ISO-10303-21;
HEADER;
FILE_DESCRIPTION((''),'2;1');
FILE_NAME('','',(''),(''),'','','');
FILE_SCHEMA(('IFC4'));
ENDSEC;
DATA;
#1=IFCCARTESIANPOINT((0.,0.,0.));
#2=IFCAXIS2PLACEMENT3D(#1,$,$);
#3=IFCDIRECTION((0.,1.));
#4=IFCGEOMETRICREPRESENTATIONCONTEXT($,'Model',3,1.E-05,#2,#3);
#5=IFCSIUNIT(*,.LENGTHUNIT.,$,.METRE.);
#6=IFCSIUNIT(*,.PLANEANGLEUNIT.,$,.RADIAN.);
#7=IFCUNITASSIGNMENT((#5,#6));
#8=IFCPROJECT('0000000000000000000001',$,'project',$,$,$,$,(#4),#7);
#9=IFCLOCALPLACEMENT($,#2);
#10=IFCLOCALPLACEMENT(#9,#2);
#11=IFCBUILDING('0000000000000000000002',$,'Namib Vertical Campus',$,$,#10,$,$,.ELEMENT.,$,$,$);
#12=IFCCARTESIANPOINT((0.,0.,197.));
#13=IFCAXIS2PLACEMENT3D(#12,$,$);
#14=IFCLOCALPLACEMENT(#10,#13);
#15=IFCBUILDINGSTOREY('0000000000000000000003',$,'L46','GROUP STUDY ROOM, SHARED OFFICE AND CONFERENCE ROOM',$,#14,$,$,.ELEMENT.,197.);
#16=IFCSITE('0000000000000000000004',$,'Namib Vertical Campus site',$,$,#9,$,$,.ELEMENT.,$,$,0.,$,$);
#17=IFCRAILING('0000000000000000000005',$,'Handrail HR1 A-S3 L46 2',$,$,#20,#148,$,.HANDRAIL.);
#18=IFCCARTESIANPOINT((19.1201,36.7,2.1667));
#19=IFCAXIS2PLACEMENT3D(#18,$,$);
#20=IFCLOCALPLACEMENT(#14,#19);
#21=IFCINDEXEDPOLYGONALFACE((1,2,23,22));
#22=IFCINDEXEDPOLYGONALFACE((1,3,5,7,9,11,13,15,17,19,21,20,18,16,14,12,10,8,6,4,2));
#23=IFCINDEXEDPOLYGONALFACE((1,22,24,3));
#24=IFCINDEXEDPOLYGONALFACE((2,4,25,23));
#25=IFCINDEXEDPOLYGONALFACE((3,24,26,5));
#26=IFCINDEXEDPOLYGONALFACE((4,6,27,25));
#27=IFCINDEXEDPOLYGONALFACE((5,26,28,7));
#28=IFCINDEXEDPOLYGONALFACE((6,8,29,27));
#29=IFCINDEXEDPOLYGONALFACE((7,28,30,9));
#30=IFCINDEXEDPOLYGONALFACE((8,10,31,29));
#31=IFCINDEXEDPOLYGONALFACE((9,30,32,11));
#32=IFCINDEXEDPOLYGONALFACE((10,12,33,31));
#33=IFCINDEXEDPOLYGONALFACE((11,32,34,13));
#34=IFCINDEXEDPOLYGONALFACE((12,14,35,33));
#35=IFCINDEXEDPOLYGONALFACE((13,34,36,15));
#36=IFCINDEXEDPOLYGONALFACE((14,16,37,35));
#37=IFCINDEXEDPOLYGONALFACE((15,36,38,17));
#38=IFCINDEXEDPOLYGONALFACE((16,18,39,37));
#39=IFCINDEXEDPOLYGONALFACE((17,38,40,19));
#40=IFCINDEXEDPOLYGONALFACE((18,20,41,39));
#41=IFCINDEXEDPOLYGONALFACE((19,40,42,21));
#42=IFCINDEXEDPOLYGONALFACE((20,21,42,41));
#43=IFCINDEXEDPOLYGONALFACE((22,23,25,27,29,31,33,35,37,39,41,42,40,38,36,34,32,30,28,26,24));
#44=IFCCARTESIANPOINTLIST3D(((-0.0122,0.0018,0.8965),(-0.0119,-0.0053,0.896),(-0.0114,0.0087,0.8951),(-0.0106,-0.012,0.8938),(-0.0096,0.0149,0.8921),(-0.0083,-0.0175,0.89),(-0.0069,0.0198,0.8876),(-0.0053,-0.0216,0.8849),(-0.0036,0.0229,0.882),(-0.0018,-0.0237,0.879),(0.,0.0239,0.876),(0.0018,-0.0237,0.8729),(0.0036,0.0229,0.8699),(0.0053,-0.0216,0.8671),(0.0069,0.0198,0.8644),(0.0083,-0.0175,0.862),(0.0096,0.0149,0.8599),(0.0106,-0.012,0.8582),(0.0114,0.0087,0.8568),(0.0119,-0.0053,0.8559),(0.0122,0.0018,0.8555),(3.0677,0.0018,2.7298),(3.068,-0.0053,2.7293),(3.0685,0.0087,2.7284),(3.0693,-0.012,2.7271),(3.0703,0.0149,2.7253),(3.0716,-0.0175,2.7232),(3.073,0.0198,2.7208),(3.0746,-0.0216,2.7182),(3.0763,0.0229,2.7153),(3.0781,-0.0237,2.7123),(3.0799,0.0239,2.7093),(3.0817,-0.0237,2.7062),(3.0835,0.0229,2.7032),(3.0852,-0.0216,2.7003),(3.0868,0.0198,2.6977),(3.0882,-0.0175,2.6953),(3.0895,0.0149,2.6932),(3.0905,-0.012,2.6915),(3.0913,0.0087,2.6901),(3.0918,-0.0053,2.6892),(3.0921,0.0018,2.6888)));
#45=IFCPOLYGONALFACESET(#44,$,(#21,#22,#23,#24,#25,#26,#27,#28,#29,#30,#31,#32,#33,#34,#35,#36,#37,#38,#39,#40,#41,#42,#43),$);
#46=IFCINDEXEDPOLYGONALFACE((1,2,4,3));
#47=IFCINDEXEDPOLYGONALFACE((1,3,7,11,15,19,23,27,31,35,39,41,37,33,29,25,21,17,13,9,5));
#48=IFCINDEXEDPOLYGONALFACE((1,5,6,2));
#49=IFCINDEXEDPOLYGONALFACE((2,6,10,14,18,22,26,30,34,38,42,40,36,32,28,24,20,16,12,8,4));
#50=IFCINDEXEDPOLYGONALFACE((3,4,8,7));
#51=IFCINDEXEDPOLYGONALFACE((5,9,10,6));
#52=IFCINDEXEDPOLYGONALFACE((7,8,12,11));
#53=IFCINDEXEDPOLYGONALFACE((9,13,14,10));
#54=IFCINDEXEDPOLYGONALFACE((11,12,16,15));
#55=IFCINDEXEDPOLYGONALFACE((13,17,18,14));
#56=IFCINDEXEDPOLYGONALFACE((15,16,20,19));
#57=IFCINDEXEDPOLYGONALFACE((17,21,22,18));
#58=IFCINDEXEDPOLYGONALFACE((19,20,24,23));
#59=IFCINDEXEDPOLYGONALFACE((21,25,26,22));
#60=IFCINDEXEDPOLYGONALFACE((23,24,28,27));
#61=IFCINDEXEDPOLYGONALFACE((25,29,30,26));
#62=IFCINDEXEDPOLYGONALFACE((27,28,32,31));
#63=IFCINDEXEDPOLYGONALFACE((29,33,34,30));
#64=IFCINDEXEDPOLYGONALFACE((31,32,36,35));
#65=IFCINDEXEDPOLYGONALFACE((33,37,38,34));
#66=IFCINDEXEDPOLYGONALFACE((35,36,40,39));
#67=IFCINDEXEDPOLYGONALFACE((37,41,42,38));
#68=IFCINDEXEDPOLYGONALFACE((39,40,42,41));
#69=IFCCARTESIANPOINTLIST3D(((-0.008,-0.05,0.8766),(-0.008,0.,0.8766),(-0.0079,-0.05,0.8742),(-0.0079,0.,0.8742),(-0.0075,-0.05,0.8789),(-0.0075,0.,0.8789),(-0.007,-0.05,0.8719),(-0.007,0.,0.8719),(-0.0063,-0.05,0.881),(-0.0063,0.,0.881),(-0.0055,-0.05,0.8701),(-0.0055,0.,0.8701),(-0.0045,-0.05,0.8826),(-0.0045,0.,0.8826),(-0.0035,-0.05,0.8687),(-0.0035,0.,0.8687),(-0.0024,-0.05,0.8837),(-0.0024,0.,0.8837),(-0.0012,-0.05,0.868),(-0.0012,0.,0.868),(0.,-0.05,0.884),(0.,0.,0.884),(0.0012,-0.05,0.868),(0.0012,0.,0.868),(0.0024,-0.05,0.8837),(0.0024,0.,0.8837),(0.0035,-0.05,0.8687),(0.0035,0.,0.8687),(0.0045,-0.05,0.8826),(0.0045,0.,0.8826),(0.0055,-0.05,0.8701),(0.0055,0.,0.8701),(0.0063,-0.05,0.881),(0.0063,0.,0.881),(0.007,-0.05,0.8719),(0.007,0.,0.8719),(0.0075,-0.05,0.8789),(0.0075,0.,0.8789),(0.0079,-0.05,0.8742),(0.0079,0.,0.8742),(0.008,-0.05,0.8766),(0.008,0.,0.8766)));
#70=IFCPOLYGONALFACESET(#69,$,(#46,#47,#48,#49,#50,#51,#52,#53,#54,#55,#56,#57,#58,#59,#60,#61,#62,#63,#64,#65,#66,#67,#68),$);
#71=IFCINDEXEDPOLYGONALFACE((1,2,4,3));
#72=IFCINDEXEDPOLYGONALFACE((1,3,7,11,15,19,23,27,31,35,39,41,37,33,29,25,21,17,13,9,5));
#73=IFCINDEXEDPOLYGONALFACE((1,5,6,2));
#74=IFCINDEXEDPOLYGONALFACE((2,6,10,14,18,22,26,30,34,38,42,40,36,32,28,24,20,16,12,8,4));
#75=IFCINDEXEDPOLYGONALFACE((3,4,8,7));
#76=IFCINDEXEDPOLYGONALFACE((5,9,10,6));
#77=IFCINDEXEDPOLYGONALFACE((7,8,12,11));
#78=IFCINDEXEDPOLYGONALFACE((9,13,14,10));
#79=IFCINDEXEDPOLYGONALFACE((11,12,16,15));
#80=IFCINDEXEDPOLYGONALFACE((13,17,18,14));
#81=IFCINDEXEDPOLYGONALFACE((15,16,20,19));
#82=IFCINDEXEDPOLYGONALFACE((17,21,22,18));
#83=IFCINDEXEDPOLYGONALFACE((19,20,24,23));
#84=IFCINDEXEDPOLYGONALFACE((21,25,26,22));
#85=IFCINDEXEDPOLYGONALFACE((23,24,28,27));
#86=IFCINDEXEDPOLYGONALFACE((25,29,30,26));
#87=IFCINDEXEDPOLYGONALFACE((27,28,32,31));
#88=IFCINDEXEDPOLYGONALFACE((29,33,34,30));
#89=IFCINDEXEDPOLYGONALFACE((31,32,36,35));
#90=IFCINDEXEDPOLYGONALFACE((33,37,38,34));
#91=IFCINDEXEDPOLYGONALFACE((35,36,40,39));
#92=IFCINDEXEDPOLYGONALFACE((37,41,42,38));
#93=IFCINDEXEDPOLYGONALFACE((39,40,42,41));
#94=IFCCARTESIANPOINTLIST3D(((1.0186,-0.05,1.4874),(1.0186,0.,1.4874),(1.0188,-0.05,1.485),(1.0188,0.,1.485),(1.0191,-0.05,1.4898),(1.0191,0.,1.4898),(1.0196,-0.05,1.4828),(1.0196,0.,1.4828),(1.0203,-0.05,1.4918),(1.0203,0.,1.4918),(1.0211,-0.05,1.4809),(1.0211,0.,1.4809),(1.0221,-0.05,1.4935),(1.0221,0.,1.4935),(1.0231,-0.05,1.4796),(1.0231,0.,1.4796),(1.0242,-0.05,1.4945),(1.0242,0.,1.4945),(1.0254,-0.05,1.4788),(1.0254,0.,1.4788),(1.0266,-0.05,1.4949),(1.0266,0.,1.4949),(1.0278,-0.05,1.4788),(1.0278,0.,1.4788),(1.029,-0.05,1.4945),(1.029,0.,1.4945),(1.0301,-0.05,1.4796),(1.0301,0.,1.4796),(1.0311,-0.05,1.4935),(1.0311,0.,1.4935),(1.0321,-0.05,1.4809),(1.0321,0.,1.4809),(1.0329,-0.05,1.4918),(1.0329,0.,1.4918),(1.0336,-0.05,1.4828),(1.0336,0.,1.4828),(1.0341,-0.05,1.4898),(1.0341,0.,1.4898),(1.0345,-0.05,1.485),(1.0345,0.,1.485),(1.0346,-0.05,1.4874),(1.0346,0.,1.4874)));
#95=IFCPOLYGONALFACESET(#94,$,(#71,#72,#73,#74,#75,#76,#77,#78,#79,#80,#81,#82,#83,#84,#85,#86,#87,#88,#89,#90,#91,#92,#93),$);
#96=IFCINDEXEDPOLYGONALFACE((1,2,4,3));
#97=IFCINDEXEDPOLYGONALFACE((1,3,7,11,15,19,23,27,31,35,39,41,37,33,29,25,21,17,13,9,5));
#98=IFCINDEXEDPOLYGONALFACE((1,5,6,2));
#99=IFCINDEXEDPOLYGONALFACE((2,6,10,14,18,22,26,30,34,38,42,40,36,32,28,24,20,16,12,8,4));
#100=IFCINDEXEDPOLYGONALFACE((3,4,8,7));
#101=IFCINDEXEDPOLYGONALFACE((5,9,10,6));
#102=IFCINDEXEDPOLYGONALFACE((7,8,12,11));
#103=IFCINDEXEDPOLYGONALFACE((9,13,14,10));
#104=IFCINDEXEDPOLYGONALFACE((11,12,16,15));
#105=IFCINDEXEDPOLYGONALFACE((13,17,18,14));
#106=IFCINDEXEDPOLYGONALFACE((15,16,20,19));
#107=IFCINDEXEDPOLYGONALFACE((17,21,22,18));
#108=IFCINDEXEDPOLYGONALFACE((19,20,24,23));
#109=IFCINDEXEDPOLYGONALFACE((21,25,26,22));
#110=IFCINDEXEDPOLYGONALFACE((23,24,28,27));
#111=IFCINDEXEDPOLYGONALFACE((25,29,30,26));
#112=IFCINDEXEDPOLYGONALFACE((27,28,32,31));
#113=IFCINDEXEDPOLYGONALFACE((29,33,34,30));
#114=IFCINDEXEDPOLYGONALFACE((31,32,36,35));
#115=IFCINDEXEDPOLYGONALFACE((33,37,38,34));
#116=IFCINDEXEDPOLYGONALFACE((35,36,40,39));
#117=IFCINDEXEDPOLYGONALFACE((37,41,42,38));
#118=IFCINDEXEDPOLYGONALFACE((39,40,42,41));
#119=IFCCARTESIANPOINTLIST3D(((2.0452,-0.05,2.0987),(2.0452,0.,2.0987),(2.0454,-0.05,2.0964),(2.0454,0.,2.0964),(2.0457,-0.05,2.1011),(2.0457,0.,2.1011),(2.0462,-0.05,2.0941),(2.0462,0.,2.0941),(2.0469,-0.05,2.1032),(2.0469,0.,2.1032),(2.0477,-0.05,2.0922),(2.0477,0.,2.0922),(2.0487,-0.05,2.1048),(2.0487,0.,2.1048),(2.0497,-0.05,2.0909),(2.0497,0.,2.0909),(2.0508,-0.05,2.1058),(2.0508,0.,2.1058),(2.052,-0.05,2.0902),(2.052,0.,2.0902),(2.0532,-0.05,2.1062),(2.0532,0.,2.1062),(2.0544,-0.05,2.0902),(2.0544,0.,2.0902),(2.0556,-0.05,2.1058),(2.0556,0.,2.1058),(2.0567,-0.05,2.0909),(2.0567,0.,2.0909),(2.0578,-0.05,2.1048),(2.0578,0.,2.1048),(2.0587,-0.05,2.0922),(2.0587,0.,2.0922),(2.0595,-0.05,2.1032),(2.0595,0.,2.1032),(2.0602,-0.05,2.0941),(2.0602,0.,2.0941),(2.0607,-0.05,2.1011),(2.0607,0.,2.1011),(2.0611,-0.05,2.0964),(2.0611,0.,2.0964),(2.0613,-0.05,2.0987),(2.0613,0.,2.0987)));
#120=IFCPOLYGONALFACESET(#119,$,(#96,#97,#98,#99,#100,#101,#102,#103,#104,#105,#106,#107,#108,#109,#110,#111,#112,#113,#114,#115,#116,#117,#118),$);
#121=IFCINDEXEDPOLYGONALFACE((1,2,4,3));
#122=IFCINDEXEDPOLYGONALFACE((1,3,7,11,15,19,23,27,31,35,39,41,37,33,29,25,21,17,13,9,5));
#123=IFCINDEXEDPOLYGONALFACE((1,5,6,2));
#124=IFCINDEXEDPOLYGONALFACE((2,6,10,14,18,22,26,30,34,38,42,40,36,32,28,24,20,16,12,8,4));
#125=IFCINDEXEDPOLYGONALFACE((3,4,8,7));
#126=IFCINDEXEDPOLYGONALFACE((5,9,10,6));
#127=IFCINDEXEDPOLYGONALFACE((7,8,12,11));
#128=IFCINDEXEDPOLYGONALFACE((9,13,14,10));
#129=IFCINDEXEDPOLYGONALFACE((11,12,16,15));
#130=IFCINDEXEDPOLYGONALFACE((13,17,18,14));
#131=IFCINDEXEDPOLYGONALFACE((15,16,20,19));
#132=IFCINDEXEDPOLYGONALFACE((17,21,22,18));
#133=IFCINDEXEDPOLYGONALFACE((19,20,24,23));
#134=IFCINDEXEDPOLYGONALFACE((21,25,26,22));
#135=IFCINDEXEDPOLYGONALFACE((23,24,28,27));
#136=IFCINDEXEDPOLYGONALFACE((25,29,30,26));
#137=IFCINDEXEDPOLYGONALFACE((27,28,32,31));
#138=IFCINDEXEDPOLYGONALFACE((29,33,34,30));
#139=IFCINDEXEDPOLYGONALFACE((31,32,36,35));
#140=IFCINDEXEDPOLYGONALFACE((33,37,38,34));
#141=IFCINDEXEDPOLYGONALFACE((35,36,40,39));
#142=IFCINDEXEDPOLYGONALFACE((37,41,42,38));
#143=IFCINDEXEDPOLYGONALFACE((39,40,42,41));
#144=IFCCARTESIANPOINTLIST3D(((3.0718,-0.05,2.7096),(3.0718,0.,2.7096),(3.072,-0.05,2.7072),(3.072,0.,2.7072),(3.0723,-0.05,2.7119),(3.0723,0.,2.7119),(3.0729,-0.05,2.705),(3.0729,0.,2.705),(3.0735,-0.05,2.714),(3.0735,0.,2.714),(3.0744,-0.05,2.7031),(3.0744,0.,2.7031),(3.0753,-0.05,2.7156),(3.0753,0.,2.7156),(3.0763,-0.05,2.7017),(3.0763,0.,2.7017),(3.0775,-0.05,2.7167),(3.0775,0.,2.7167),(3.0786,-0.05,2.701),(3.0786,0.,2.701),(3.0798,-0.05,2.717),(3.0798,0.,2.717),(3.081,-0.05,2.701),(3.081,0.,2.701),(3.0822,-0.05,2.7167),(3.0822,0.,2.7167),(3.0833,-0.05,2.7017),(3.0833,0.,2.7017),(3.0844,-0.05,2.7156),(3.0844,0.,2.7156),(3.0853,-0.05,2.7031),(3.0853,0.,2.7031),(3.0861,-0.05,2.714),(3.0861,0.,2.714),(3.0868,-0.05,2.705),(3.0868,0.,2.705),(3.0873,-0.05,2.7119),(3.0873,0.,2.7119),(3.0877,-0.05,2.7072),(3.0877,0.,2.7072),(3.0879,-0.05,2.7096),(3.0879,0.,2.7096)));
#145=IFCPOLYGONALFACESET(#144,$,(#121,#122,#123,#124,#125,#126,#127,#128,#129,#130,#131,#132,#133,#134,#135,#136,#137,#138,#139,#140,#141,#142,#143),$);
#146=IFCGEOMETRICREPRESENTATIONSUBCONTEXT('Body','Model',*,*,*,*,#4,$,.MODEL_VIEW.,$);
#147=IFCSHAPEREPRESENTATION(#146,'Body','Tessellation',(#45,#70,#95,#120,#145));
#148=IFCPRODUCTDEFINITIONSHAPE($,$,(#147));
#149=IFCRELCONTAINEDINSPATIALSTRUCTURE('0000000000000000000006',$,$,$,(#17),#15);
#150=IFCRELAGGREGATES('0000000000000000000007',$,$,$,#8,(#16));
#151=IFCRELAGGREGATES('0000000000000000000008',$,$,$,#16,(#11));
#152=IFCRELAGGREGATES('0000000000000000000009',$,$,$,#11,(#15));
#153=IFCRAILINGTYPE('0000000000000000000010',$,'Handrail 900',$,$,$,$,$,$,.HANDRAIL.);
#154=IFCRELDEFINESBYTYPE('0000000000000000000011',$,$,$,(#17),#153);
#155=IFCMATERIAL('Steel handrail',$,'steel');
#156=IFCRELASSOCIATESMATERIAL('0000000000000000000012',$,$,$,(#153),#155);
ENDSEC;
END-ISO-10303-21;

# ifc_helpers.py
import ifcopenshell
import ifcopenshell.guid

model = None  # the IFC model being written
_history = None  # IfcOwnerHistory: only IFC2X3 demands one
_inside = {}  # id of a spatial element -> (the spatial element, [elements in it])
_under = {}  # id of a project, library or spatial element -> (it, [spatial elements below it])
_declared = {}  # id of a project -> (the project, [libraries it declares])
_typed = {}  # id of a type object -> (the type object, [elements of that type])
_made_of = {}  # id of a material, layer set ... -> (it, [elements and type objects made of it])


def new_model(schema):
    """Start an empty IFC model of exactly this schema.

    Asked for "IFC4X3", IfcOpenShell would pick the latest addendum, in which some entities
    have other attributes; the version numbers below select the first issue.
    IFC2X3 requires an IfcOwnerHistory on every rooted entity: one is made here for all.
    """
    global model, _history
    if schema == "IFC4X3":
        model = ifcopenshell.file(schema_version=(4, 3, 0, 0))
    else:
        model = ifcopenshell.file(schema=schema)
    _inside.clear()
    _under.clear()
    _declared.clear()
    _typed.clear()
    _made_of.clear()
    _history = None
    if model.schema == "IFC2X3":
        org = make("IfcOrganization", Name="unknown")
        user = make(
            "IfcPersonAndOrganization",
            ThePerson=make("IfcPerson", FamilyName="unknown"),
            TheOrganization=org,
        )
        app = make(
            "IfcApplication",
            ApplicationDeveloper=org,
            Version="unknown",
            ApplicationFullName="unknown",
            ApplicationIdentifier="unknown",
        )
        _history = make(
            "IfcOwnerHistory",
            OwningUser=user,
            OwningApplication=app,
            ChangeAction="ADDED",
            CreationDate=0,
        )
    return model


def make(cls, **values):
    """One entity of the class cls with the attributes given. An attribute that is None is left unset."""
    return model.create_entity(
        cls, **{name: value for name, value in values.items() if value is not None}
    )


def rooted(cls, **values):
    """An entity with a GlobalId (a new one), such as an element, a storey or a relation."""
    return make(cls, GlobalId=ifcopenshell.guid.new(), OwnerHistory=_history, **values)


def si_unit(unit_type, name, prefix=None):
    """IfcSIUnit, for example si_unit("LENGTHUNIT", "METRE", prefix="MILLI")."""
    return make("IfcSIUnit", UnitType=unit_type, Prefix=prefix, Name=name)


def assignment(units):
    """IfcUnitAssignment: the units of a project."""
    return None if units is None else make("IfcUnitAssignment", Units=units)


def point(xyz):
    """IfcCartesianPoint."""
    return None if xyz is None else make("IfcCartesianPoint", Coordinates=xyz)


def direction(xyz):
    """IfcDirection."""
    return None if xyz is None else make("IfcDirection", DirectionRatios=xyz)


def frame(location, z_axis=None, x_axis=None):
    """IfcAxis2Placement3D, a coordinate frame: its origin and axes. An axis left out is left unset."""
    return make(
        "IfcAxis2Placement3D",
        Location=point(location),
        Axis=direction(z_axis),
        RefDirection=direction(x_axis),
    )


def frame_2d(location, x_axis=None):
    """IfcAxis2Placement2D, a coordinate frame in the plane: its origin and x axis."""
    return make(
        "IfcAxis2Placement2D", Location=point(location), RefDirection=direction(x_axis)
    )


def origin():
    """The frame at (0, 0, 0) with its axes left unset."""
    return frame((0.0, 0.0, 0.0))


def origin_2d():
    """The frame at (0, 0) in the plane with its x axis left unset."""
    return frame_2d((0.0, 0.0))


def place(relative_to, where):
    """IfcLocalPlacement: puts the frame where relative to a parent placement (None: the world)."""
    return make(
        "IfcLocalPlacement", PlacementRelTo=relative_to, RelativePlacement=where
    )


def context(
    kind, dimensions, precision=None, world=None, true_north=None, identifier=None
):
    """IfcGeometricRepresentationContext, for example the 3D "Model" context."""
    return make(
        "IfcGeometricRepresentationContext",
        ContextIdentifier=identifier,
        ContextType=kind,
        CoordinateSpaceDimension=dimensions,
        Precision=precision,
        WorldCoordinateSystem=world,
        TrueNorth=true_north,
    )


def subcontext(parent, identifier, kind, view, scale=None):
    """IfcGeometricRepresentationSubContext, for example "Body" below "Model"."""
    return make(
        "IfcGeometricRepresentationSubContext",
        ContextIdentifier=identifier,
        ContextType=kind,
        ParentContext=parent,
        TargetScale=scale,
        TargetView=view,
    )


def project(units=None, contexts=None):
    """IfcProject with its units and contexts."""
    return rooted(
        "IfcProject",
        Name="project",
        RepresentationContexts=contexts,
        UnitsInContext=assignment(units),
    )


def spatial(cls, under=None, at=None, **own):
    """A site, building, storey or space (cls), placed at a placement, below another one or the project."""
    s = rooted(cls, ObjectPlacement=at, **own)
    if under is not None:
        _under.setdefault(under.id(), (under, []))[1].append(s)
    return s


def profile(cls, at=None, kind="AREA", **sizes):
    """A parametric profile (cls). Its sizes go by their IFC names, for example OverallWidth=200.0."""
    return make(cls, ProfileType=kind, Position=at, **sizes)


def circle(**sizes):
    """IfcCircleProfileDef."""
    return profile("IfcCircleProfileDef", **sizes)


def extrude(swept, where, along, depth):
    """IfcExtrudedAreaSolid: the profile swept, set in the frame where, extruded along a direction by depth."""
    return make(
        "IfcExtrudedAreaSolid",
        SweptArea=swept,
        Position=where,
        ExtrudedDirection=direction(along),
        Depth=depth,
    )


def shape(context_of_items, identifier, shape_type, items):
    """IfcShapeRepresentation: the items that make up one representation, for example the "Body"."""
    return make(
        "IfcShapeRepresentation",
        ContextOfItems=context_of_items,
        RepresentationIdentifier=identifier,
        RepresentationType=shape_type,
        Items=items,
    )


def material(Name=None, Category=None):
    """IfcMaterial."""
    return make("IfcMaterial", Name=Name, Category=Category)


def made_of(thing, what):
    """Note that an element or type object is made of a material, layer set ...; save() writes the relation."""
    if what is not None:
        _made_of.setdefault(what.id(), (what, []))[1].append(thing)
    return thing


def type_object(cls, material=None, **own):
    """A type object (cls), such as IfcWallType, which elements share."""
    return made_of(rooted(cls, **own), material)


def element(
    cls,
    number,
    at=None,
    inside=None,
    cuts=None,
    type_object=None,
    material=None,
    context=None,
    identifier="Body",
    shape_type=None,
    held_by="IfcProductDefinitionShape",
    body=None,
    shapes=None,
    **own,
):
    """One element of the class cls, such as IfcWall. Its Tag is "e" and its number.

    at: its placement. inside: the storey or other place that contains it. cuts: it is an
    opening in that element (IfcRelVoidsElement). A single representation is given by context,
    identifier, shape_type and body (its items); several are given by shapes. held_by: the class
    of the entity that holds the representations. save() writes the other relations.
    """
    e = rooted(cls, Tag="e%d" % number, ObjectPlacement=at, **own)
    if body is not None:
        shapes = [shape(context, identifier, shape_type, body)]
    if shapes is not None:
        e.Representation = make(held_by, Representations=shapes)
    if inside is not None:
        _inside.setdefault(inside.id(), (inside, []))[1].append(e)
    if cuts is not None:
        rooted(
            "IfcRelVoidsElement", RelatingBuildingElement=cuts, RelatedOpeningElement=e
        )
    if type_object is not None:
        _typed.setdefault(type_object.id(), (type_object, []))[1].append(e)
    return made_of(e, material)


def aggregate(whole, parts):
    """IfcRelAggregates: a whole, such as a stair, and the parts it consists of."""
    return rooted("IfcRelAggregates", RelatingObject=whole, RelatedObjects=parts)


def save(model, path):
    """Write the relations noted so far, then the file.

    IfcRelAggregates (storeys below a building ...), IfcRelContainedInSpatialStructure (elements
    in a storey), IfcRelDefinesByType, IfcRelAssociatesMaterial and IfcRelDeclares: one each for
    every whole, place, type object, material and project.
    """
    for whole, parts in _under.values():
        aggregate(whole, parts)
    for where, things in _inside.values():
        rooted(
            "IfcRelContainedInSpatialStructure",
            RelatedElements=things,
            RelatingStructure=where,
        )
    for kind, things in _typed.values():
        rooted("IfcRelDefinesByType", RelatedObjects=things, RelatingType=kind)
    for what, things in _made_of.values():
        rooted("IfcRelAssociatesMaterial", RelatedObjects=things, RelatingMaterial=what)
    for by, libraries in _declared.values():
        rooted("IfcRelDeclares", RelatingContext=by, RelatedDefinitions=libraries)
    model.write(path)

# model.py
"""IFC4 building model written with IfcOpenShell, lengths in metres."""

from ifc_helpers import new_model, si_unit, direction, frame, origin, origin_2d, place, context, subcontext, project, spatial, circle, extrude, material, type_object, element, save


model = new_model("IFC4")

# Units and contexts
model_context = context("Model", 3, precision=1e-05, world=origin(), true_north=direction((0.0, 1.0)))
body_context = subcontext(model_context, "Body", "Model", "MODEL_VIEW")
ifc_project = project(units=[si_unit("LENGTHUNIT", "METRE"), si_unit("PLANEANGLEUNIT", "RADIAN")], contexts=[model_context])

# Site, building, storey
site_placement = place(None, origin())
site = spatial("IfcSite", under=ifc_project, at=site_placement, Name="Namib Vertical Campus site", CompositionType="ELEMENT", RefElevation=0.0)
building_placement = place(site_placement, origin())
building = spatial("IfcBuilding", under=site, at=building_placement, Name="Namib Vertical Campus", CompositionType="ELEMENT")
storey_placement = place(building_placement, frame((0.0, 0.0, 197.0)))
storey = spatial("IfcBuildingStorey", under=building, at=storey_placement, Name="L46", Description="GROUP STUDY ROOM, SHARED OFFICE AND CONFERENCE ROOM", CompositionType="ELEMENT", Elevation=197.0)

# Railing
ifc_material_1 = material(Name="Steel handrail", Category="steel")
railing_type_1 = type_object("IfcRailingType", Name="Handrail 900", PredefinedType="HANDRAIL", material=ifc_material_1)
railing_1_placement = place(storey_placement, frame((19.1201, 36.7, 2.1667)))
element("IfcRailing", 1, at=railing_1_placement, inside=storey, type_object=railing_type_1, Name="Handrail HR1 A-S3 L46 2", PredefinedType="HANDRAIL", context=body_context, shape_type="SweptSolid", body=[
    extrude(circle(Radius=0.0239, at=origin_2d()), frame((0.0, 0.0, 0.876), z_axis=(0.859291, 0.0, 0.511487), x_axis=(0.0, 1.0, 0.0)), (0.0, 0.0, 1.0), 3.5842),
    extrude(circle(Radius=0.0081, at=origin_2d()), frame((0.0, 0.0, 0.876), z_axis=(0.0, -1.0, 0.0), x_axis=(0.0, 0.0, 1.0)), (0.0, 0.0, 1.0), 0.05),
    extrude(circle(Radius=0.0081, at=origin_2d()), frame((1.0266, 0.0, 1.4868), z_axis=(0.0, -1.0, 0.0), x_axis=(0.0, 0.0, 1.0)), (0.0, 0.0, 1.0), 0.05),
    extrude(circle(Radius=0.0081, at=origin_2d()), frame((2.0532, 0.0, 2.0981), z_axis=(0.0, -1.0, 0.0), x_axis=(0.0, 0.0, 1.0)), (0.0, 0.0, 1.0), 0.05),
    extrude(circle(Radius=0.0081, at=origin_2d()), frame((3.0798, 0.0, 2.709), z_axis=(0.0, -1.0, 0.0), x_axis=(0.0, 0.0, 1.0)), (0.0, 0.0, 1.0), 0.05),
])

save(model, "model.ifc")
